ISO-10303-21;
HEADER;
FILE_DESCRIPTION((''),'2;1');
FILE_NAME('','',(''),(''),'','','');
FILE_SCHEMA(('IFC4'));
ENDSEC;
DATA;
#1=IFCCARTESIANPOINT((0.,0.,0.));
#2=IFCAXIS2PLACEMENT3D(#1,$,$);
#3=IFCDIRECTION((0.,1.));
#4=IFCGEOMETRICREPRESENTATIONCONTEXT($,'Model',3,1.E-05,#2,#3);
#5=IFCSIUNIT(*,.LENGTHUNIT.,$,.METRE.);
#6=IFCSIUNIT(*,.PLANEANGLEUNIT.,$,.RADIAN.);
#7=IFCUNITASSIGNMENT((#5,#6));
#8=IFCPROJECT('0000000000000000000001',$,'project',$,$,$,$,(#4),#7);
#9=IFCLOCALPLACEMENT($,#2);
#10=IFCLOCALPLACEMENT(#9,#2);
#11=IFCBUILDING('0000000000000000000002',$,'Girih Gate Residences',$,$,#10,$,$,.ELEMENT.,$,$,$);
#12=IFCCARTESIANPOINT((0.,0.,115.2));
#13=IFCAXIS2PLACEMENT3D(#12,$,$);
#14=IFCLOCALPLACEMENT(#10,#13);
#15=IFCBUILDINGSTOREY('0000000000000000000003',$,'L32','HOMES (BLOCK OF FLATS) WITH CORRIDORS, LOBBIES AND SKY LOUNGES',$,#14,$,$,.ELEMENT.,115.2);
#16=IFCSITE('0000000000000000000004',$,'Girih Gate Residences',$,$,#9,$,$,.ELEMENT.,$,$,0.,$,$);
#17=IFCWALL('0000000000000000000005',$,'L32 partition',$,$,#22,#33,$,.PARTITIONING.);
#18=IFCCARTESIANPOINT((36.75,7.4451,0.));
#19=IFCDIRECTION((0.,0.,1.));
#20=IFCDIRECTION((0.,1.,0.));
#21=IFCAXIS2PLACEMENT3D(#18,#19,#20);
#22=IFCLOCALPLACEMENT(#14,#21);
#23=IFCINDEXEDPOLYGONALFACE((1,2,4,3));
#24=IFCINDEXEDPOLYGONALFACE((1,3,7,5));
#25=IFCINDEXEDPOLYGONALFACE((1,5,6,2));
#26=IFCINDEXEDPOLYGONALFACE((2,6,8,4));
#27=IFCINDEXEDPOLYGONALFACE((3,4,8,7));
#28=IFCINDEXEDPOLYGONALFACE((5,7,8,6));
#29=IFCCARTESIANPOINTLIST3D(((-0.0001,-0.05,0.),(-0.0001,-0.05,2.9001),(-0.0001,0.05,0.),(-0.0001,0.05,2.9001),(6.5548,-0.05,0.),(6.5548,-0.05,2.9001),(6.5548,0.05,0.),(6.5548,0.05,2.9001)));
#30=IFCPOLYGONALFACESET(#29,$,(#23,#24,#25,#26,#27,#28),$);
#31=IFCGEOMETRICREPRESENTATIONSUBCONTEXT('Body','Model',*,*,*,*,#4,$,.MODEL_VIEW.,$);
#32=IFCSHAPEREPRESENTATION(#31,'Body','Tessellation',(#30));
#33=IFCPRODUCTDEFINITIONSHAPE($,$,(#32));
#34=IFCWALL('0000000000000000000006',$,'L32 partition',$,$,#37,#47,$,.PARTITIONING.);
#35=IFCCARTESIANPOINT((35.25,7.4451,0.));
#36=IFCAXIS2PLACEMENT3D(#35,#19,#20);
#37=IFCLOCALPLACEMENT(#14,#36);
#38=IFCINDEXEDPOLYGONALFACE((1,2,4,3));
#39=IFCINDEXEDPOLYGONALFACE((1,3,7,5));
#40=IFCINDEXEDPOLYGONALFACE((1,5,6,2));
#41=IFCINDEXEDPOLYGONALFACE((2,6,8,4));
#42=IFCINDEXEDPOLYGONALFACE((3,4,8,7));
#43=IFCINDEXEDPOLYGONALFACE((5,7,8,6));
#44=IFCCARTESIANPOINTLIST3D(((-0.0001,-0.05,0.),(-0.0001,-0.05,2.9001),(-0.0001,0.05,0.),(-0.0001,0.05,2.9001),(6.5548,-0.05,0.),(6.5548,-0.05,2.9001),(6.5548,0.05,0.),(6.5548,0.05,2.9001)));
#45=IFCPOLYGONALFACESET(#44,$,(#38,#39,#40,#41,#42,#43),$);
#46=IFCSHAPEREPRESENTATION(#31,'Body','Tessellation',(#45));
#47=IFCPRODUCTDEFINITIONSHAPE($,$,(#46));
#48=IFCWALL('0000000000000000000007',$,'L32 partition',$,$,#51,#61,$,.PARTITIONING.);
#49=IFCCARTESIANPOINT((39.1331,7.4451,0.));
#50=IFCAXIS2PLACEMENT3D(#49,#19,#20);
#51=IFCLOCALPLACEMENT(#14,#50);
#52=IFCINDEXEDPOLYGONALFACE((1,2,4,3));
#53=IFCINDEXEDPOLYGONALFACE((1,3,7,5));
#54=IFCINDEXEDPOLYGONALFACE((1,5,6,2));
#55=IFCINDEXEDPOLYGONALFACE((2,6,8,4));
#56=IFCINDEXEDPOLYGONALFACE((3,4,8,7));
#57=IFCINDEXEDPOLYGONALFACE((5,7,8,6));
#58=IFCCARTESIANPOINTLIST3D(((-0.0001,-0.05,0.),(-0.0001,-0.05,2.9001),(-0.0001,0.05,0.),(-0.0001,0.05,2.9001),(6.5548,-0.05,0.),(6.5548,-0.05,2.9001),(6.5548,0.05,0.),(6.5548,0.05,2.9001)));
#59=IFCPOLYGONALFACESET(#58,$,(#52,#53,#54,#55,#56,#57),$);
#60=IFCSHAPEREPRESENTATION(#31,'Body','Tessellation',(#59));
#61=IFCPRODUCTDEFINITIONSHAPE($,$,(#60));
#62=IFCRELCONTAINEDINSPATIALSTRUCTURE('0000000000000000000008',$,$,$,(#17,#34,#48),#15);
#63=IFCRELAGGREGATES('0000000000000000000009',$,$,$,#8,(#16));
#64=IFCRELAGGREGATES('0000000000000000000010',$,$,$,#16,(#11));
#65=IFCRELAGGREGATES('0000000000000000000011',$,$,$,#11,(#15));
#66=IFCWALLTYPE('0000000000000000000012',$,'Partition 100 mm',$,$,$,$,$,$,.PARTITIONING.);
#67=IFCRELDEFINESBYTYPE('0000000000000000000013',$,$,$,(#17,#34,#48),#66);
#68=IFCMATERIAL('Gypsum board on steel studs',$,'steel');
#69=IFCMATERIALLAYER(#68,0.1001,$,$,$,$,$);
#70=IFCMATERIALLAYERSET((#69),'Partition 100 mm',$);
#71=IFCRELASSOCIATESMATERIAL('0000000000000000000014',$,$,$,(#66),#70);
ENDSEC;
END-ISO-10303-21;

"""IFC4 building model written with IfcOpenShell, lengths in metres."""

from ifc_helpers import new_model, si_unit, direction, frame, frame_2d, origin, place, context, subcontext, project, spatial, rectangle, extrude, material, layer, layer_set, type_object, element, save


model = new_model("IFC4")

# Units and contexts
model_context = context("Model", 3, precision=1e-05, world=origin(), true_north=direction((0.0, 1.0)))
body_context = subcontext(model_context, "Body", "Model", "MODEL_VIEW")
ifc_project = project(units=[si_unit("LENGTHUNIT", "METRE"), si_unit("PLANEANGLEUNIT", "RADIAN")], contexts=[model_context])

# Site, building, storey
site_placement = place(None, origin())
site = spatial("IfcSite", under=ifc_project, at=site_placement, Name="Girih Gate Residences", CompositionType="ELEMENT", RefElevation=0.0)
building_placement = place(site_placement, origin())
building = spatial("IfcBuilding", under=site, at=building_placement, Name="Girih Gate Residences", CompositionType="ELEMENT")
storey_placement = place(building_placement, frame((0.0, 0.0, 115.2)))
storey = spatial("IfcBuildingStorey", under=building, at=storey_placement, Name="L32", Description="HOMES (BLOCK OF FLATS) WITH CORRIDORS, LOBBIES AND SKY LOUNGES", CompositionType="ELEMENT", Elevation=115.2)

# Wall
ifc_material_1 = material(Name="Gypsum board on steel studs", Category="steel")
ifc_layer_1 = layer(ifc_material_1, 0.1001)
ifc_layer_set_1 = layer_set([ifc_layer_1], Name="Partition 100 mm")
wall_type_1 = type_object("IfcWallType", Name="Partition 100 mm", PredefinedType="PARTITIONING", material=ifc_layer_set_1)
wall_1_placement = place(storey_placement, frame((36.75, 7.4451, 0.0), z_axis=(0.0, 0.0, 1.0), x_axis=(0.0, 1.0, 0.0)))
element("IfcWall", 1, at=wall_1_placement, inside=storey, type_object=wall_type_1, Name="L32 partition", PredefinedType="PARTITIONING", context=body_context, shape_type="SweptSolid", body=[
    extrude(rectangle(XDim=6.5549, YDim=0.1001, at=frame_2d((3.2773, 0.0))), origin(), (0.0, 0.0, 1.0), 2.9001),
])

# Walls
for number, where, z_axis, x_axis, name in (
    (2, (35.25, 7.4451, 0.0), (0.0, 0.0, 1.0), (0.0, 1.0, 0.0), "L32 partition"),
    (3, (39.1331, 7.4451, 0.0), (0.0, 0.0, 1.0), (0.0, 1.0, 0.0), "L32 partition"),
):
    element("IfcWall", number, at=place(storey_placement, frame(where, z_axis=z_axis, x_axis=x_axis)), inside=storey, type_object=wall_type_1, Name=name, PredefinedType="PARTITIONING", context=body_context, shape_type="SweptSolid", body=[
        extrude(rectangle(XDim=6.5549, YDim=0.1001, at=frame_2d((3.2773, 0.0))), origin(), (0.0, 0.0, 1.0), 2.9001),
    ])

save(model, "model.ifc")
